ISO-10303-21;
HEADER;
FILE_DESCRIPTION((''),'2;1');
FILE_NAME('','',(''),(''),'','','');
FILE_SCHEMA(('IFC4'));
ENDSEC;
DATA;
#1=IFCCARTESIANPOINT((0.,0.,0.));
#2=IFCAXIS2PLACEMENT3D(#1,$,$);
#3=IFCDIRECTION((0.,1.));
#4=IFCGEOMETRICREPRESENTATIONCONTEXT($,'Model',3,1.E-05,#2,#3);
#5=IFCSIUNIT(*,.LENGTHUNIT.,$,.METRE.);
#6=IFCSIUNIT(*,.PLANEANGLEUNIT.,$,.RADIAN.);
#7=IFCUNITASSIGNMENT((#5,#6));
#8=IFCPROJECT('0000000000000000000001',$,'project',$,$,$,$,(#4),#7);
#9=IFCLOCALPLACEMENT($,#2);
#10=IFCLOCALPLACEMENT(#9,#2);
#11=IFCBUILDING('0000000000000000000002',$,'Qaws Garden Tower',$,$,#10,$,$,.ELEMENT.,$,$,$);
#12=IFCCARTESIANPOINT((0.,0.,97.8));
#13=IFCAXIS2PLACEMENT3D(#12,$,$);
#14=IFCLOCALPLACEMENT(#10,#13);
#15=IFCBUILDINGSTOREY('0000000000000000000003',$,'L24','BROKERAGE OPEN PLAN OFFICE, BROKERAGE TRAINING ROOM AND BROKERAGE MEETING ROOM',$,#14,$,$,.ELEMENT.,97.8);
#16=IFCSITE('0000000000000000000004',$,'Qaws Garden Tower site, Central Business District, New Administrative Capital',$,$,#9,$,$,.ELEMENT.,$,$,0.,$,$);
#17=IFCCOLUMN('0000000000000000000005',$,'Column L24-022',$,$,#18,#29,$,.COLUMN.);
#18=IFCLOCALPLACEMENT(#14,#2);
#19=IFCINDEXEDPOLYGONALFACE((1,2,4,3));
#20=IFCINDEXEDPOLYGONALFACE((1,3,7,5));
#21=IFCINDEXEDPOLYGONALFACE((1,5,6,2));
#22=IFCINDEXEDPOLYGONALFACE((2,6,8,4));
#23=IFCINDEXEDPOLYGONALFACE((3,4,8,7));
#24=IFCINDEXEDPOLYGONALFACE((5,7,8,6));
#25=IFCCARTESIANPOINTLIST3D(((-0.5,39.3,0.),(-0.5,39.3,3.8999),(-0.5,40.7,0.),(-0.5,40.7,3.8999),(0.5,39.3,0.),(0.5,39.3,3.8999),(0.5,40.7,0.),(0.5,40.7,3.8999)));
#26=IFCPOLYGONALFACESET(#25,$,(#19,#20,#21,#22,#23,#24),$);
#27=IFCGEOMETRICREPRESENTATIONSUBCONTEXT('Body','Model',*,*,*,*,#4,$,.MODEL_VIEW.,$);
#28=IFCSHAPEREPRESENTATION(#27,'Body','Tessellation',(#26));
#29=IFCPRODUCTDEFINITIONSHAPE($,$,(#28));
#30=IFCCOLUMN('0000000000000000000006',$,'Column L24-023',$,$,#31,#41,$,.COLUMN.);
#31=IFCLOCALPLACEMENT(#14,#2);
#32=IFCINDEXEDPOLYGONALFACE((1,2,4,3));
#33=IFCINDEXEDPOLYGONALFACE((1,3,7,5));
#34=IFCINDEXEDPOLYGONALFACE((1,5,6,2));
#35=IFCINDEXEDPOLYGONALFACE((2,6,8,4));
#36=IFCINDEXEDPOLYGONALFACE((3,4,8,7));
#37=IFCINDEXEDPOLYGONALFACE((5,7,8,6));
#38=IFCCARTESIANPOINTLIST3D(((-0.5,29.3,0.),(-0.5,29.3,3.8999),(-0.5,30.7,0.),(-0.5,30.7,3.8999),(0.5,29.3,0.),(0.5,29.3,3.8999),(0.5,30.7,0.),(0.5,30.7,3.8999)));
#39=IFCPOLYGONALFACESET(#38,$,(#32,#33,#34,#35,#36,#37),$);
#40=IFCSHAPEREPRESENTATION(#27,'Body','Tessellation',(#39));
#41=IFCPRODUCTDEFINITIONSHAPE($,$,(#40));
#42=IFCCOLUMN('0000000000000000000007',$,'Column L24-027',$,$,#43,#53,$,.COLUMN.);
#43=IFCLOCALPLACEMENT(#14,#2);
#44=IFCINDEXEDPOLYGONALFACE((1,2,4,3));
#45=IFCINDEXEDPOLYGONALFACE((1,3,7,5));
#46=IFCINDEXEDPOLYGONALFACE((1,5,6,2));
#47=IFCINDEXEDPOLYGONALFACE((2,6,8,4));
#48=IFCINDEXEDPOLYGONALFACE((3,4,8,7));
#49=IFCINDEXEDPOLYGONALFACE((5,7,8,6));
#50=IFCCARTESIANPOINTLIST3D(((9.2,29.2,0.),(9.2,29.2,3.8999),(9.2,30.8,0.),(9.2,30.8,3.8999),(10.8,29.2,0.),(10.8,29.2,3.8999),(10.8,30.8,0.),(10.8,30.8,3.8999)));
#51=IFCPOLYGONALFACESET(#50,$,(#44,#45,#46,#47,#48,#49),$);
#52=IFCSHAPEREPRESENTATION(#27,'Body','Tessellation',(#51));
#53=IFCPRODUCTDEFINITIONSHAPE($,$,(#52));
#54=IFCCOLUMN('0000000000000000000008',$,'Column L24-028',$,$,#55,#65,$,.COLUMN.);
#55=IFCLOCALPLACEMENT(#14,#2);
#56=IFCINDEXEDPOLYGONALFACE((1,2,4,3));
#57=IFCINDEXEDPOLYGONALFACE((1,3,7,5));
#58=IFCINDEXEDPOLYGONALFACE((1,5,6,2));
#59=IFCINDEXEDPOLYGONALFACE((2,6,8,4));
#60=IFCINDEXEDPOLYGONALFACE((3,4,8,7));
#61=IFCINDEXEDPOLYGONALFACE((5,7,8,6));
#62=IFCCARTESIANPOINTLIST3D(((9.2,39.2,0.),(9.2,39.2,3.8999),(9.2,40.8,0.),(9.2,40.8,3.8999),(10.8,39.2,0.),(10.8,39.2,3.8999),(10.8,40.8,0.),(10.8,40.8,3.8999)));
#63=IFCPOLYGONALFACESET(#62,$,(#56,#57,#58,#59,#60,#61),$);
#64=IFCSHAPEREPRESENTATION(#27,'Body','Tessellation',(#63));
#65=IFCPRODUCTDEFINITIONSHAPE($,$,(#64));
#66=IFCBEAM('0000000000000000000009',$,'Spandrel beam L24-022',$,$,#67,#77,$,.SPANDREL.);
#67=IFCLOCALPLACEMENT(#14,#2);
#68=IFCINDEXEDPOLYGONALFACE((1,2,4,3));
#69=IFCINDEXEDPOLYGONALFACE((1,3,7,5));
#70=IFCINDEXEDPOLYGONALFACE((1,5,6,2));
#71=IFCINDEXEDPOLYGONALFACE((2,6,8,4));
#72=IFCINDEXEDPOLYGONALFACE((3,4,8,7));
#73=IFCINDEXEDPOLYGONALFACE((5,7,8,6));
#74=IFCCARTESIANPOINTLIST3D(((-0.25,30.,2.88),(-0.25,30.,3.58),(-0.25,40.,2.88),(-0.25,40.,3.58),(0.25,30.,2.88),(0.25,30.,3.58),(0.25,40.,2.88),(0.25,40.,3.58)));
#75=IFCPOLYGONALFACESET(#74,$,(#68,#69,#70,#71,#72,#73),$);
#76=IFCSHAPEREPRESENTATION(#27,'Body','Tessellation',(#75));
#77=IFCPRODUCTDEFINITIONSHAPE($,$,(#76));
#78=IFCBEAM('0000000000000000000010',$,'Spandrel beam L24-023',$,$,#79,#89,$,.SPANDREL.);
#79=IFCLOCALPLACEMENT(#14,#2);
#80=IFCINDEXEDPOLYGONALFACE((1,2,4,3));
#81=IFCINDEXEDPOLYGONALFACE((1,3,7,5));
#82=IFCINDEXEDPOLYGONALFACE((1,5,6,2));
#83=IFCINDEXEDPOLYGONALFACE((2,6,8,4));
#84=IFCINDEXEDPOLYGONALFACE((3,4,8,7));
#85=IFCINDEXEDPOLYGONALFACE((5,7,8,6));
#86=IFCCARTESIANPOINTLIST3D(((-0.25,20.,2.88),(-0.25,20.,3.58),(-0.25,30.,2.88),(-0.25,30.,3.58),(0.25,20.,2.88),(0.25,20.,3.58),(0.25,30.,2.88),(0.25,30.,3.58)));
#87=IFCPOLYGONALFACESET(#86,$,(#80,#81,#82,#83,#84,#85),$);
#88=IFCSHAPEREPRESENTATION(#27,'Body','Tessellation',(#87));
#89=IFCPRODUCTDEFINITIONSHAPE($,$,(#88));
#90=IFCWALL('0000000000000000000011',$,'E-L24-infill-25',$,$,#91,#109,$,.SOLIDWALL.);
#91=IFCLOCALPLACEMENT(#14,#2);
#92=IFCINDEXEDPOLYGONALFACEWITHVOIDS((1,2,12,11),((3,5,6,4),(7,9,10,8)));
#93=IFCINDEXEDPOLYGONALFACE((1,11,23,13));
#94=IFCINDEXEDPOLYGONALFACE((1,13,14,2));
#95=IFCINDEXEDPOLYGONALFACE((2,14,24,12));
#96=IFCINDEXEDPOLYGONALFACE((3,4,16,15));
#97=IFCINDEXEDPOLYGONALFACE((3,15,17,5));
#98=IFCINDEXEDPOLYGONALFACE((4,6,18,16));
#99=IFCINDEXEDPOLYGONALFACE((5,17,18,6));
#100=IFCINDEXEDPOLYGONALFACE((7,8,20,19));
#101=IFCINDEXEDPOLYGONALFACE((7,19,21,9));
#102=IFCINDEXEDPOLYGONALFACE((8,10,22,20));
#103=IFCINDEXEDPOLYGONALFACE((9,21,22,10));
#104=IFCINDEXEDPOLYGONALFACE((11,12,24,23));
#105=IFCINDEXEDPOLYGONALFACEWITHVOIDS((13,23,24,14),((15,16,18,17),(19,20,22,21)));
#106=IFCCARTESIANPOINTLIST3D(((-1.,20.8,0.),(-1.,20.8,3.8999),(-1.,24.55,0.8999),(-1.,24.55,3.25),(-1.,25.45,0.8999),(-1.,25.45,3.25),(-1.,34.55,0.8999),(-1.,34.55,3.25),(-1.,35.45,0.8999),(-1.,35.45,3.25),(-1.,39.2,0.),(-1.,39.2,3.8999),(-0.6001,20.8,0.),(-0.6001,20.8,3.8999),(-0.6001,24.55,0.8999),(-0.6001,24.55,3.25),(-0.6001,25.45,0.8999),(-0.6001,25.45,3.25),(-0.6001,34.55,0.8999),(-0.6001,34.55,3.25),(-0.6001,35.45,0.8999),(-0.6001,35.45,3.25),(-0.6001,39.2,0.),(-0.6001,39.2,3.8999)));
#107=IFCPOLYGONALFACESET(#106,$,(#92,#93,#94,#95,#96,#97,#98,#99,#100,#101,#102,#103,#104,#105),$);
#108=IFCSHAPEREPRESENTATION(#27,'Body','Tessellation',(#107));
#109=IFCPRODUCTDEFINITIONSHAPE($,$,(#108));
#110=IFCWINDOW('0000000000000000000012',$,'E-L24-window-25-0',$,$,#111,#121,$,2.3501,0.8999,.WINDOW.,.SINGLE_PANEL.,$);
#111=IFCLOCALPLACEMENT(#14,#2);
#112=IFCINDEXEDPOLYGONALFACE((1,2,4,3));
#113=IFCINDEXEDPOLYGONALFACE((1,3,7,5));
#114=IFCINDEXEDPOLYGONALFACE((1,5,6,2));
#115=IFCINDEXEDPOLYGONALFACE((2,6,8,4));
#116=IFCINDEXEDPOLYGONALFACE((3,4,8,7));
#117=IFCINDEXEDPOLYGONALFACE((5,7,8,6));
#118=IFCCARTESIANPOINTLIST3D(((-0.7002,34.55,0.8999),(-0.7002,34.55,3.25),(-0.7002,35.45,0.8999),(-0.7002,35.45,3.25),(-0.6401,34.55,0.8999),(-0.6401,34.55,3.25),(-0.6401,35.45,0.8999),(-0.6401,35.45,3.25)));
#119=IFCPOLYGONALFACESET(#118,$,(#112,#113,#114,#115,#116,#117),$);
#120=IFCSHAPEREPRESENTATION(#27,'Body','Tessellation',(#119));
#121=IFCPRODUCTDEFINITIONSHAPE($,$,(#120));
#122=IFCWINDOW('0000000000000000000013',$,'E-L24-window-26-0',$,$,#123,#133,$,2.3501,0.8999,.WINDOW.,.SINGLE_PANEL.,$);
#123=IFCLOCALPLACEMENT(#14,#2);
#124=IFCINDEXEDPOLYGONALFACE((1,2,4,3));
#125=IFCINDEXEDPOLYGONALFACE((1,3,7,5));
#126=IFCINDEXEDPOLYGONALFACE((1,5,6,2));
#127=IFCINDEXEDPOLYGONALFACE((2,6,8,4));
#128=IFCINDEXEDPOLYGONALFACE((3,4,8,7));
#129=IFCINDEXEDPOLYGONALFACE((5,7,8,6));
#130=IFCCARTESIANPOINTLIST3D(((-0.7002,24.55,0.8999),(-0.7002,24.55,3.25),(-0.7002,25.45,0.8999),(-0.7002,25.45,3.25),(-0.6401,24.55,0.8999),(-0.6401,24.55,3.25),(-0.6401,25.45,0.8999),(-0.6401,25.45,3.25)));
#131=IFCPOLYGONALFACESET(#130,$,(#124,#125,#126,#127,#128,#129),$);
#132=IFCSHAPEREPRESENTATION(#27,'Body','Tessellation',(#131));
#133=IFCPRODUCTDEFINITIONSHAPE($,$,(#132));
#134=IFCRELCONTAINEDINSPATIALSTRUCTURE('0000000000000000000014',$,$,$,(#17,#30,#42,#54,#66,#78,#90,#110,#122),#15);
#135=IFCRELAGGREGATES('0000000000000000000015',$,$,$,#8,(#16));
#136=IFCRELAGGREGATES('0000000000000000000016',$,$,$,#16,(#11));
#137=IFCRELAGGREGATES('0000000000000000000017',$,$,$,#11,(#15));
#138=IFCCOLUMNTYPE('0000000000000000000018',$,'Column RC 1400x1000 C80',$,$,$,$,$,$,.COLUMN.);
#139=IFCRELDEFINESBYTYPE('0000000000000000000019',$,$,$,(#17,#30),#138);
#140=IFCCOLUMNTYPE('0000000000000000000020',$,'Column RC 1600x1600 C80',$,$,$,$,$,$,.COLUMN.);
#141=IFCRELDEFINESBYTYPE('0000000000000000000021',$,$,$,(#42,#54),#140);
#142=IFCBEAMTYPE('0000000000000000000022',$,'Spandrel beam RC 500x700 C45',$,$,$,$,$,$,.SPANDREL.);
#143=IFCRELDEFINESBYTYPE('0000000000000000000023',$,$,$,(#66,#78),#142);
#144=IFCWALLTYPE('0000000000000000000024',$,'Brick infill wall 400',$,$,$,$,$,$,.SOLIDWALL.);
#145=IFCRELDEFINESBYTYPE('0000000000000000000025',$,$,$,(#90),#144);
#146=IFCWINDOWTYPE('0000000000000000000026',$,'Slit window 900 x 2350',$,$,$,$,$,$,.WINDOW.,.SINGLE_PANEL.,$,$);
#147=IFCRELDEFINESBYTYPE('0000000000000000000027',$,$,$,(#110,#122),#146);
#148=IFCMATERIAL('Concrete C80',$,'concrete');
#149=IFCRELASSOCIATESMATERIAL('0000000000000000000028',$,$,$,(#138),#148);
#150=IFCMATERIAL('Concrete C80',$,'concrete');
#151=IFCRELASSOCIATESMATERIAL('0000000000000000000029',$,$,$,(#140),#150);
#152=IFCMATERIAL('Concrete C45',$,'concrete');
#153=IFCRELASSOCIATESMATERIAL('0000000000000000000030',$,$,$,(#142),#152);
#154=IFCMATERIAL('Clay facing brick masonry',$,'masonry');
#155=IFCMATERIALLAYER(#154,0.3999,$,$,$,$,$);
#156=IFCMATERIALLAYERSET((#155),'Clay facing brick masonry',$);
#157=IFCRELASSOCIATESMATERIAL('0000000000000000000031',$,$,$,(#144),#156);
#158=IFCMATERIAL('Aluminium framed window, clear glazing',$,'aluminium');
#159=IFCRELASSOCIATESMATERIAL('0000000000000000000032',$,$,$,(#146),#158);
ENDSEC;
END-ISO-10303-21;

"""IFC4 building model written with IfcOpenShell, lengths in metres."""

from ifc_helpers import new_model, si_unit, direction, frame, frame_2d, origin, origin_2d, place, context, subcontext, project, spatial, rectangle, extrude, material, layer, layer_set, material_profile, profile_set, type_object, element, fill, save


model = new_model("IFC4")

# Units and contexts
model_context = context("Model", 3, precision=1e-05, world=origin(), true_north=direction((0.0, 1.0)))
body_context = subcontext(model_context, "Body", "Model", "MODEL_VIEW")
ifc_project = project(units=[si_unit("LENGTHUNIT", "METRE"), si_unit("PLANEANGLEUNIT", "RADIAN")], contexts=[model_context])

# Site, building, storey
site_placement = place(None, origin())
site = spatial("IfcSite", under=ifc_project, at=site_placement, Name="Qaws Garden Tower site, Central Business District, New Administrative Capital", CompositionType="ELEMENT", RefElevation=0.0)
building_placement = place(site_placement, origin())
building = spatial("IfcBuilding", under=site, at=building_placement, Name="Qaws Garden Tower", CompositionType="ELEMENT")
storey_placement = place(building_placement, frame((0.0, 0.0, 97.8)))
storey = spatial("IfcBuildingStorey", under=building, at=storey_placement, Name="L24", Description="BROKERAGE OPEN PLAN OFFICE, BROKERAGE TRAINING ROOM AND BROKERAGE MEETING ROOM", CompositionType="ELEMENT", Elevation=97.8)

# Columns
ifc_material_1 = material(Name="Concrete C80", Category="concrete")
ifc_material_profile_1 = material_profile(ifc_material_1, rectangle(XDim=1.3999, YDim=1.0, at=origin_2d()), Name="RC 1400x1000")
ifc_profile_set_1 = profile_set([ifc_material_profile_1], Name="Concrete C80")
column_type_1 = type_object("IfcColumnType", Name="Column RC 1400x1000 C80", PredefinedType="COLUMN", material=ifc_profile_set_1)
for number, where, z_axis, x_axis, name in (
    (1, (0.0, 40.0, 0.0), (0.0, 0.0, 1.0), (0.0, 1.0, 0.0), "Column L24-022"),
    (2, (0.0, 30.0, 0.0), (0.0, 0.0, 1.0), (0.0, 1.0, 0.0), "Column L24-023"),
):
    element("IfcColumn", number, at=place(storey_placement, frame(where, z_axis=z_axis, x_axis=x_axis)), inside=storey, type_object=column_type_1, Name=name, PredefinedType="COLUMN", context=body_context, shape_type="SweptSolid", body=[
        extrude(rectangle(XDim=1.3999, YDim=1.0, at=origin_2d()), origin(), (0.0, 0.0, 1.0), 3.8999),
    ])
ifc_material_2 = material(Name="Concrete C80", Category="concrete")
ifc_material_profile_2 = material_profile(ifc_material_2, rectangle(XDim=1.6001, YDim=1.6001, at=origin_2d()), Name="RC 1600x1600")
ifc_profile_set_2 = profile_set([ifc_material_profile_2], Name="Concrete C80")
column_type_2 = type_object("IfcColumnType", Name="Column RC 1600x1600 C80", PredefinedType="COLUMN", material=ifc_profile_set_2)
for number, where, z_axis, x_axis, name in (
    (3, (10.0, 30.0, 0.0), (0.0, 0.0, 1.0), (1.0, 0.0, 0.0), "Column L24-027"),
    (4, (10.0, 40.0, 0.0), (0.0, 0.0, 1.0), (1.0, 0.0, 0.0), "Column L24-028"),
):
    element("IfcColumn", number, at=place(storey_placement, frame(where, z_axis=z_axis, x_axis=x_axis)), inside=storey, type_object=column_type_2, Name=name, PredefinedType="COLUMN", context=body_context, shape_type="SweptSolid", body=[
        extrude(rectangle(XDim=1.6001, YDim=1.6001, at=origin_2d()), origin(), (0.0, 0.0, 1.0), 3.8999),
    ])

# Beams
ifc_material_3 = material(Name="Concrete C45", Category="concrete")
ifc_material_profile_3 = material_profile(ifc_material_3, rectangle(XDim=0.5, YDim=0.7, at=origin_2d()), Name="RC 500x700")
ifc_profile_set_3 = profile_set([ifc_material_profile_3], Name="Concrete C45")
beam_type = type_object("IfcBeamType", Name="Spandrel beam RC 500x700 C45", PredefinedType="SPANDREL", material=ifc_profile_set_3)
for number, where, z_axis, x_axis, name in (
    (5, (0.0, 40.0, 3.23), (0.0, -1.0, 0.0), (1.0, 0.0, 0.0), "Spandrel beam L24-022"),
    (6, (0.0, 30.0, 3.23), (0.0, -1.0, 0.0), (1.0, 0.0, 0.0), "Spandrel beam L24-023"),
):
    element("IfcBeam", number, at=place(storey_placement, frame(where, z_axis=z_axis, x_axis=x_axis)), inside=storey, type_object=beam_type, Name=name, PredefinedType="SPANDREL", context=body_context, shape_type="SweptSolid", body=[
        extrude(rectangle(XDim=0.5, YDim=0.7, at=origin_2d()), origin(), (0.0, 0.0, 1.0), 10.0),
    ])

# Wall, openings, windows
ifc_material_4 = material(Name="Clay facing brick masonry", Category="masonry")
ifc_layer_1 = layer(ifc_material_4, 0.3999)
ifc_layer_set_1 = layer_set([ifc_layer_1], Name="Clay facing brick masonry")
wall_type_1 = type_object("IfcWallType", Name="Brick infill wall 400", PredefinedType="SOLIDWALL", material=ifc_layer_set_1)
wall_1_placement = place(storey_placement, frame((-0.8, 39.2, 0.0), z_axis=(0.0, 0.0, 1.0), x_axis=(0.0, -1.0, 0.0)))
wall_1 = element("IfcWall", 7, at=wall_1_placement, inside=storey, type_object=wall_type_1, Name="E-L24-infill-25", PredefinedType="SOLIDWALL", context=body_context, shape_type="SweptSolid", body=[
    extrude(rectangle(XDim=18.3999, YDim=0.3999, at=frame_2d((9.2, 0.0))), origin(), (0.0, 0.0, 1.0), 3.8999),
])
opening_1_placement = place(wall_1_placement, frame((3.75, 0.0, 0.8999)))
opening_1 = element("IfcOpeningElement", 8, at=opening_1_placement, cuts=wall_1, PredefinedType="OPENING", context=body_context, shape_type="SweptSolid", body=[
    extrude(rectangle(XDim=0.8999, YDim=2.3501, at=frame_2d((0.45, 1.175))), frame((0.0, 0.21, 0.0), z_axis=(0.0, -1.0, 0.0), x_axis=(1.0, 0.0, 0.0)), (0.0, 0.0, 1.0), 0.4199),
])
opening_2_placement = place(wall_1_placement, frame((13.75, 0.0, 0.8999)))
opening_2 = element("IfcOpeningElement", 9, at=opening_2_placement, cuts=wall_1, PredefinedType="OPENING", context=body_context, shape_type="SweptSolid", body=[
    extrude(rectangle(XDim=0.8999, YDim=2.3501, at=frame_2d((0.45, 1.175))), frame((0.0, 0.21, 0.0), z_axis=(0.0, -1.0, 0.0), x_axis=(1.0, 0.0, 0.0)), (0.0, 0.0, 1.0), 0.4199),
])
ifc_material_5 = material(Name="Aluminium framed window, clear glazing", Category="aluminium")
window_type = type_object("IfcWindowType", Name="Slit window 900 x 2350", PartitioningType="SINGLE_PANEL", PredefinedType="WINDOW", material=ifc_material_5)
window_1_placement = place(opening_1_placement, origin())
window_1 = element("IfcWindow", 10, at=window_1_placement, inside=storey, type_object=window_type, Name="E-L24-window-25-0", OverallHeight=2.3501, OverallWidth=0.8999, PartitioningType="SINGLE_PANEL", PredefinedType="WINDOW", context=body_context, shape_type="SweptSolid", body=[
    extrude(rectangle(XDim=0.8999, YDim=2.3501, at=frame_2d((0.45, 1.175))), frame((0.0, 0.1599, 0.0), z_axis=(0.0, -1.0, 0.0), x_axis=(1.0, 0.0, 0.0)), (0.0, 0.0, 1.0), 0.0601),
])
fill(opening_1, window_1)
window_2_placement = place(opening_2_placement, origin())
window_2 = element("IfcWindow", 11, at=window_2_placement, inside=storey, type_object=window_type, Name="E-L24-window-26-0", OverallHeight=2.3501, OverallWidth=0.8999, PartitioningType="SINGLE_PANEL", PredefinedType="WINDOW", context=body_context, shape_type="SweptSolid", body=[
    extrude(rectangle(XDim=0.8999, YDim=2.3501, at=frame_2d((0.45, 1.175))), frame((0.0, 0.1599, 0.0), z_axis=(0.0, -1.0, 0.0), x_axis=(1.0, 0.0, 0.0)), (0.0, 0.0, 1.0), 0.0601),
])
fill(opening_2, window_2)

save(model, "model.ifc")
